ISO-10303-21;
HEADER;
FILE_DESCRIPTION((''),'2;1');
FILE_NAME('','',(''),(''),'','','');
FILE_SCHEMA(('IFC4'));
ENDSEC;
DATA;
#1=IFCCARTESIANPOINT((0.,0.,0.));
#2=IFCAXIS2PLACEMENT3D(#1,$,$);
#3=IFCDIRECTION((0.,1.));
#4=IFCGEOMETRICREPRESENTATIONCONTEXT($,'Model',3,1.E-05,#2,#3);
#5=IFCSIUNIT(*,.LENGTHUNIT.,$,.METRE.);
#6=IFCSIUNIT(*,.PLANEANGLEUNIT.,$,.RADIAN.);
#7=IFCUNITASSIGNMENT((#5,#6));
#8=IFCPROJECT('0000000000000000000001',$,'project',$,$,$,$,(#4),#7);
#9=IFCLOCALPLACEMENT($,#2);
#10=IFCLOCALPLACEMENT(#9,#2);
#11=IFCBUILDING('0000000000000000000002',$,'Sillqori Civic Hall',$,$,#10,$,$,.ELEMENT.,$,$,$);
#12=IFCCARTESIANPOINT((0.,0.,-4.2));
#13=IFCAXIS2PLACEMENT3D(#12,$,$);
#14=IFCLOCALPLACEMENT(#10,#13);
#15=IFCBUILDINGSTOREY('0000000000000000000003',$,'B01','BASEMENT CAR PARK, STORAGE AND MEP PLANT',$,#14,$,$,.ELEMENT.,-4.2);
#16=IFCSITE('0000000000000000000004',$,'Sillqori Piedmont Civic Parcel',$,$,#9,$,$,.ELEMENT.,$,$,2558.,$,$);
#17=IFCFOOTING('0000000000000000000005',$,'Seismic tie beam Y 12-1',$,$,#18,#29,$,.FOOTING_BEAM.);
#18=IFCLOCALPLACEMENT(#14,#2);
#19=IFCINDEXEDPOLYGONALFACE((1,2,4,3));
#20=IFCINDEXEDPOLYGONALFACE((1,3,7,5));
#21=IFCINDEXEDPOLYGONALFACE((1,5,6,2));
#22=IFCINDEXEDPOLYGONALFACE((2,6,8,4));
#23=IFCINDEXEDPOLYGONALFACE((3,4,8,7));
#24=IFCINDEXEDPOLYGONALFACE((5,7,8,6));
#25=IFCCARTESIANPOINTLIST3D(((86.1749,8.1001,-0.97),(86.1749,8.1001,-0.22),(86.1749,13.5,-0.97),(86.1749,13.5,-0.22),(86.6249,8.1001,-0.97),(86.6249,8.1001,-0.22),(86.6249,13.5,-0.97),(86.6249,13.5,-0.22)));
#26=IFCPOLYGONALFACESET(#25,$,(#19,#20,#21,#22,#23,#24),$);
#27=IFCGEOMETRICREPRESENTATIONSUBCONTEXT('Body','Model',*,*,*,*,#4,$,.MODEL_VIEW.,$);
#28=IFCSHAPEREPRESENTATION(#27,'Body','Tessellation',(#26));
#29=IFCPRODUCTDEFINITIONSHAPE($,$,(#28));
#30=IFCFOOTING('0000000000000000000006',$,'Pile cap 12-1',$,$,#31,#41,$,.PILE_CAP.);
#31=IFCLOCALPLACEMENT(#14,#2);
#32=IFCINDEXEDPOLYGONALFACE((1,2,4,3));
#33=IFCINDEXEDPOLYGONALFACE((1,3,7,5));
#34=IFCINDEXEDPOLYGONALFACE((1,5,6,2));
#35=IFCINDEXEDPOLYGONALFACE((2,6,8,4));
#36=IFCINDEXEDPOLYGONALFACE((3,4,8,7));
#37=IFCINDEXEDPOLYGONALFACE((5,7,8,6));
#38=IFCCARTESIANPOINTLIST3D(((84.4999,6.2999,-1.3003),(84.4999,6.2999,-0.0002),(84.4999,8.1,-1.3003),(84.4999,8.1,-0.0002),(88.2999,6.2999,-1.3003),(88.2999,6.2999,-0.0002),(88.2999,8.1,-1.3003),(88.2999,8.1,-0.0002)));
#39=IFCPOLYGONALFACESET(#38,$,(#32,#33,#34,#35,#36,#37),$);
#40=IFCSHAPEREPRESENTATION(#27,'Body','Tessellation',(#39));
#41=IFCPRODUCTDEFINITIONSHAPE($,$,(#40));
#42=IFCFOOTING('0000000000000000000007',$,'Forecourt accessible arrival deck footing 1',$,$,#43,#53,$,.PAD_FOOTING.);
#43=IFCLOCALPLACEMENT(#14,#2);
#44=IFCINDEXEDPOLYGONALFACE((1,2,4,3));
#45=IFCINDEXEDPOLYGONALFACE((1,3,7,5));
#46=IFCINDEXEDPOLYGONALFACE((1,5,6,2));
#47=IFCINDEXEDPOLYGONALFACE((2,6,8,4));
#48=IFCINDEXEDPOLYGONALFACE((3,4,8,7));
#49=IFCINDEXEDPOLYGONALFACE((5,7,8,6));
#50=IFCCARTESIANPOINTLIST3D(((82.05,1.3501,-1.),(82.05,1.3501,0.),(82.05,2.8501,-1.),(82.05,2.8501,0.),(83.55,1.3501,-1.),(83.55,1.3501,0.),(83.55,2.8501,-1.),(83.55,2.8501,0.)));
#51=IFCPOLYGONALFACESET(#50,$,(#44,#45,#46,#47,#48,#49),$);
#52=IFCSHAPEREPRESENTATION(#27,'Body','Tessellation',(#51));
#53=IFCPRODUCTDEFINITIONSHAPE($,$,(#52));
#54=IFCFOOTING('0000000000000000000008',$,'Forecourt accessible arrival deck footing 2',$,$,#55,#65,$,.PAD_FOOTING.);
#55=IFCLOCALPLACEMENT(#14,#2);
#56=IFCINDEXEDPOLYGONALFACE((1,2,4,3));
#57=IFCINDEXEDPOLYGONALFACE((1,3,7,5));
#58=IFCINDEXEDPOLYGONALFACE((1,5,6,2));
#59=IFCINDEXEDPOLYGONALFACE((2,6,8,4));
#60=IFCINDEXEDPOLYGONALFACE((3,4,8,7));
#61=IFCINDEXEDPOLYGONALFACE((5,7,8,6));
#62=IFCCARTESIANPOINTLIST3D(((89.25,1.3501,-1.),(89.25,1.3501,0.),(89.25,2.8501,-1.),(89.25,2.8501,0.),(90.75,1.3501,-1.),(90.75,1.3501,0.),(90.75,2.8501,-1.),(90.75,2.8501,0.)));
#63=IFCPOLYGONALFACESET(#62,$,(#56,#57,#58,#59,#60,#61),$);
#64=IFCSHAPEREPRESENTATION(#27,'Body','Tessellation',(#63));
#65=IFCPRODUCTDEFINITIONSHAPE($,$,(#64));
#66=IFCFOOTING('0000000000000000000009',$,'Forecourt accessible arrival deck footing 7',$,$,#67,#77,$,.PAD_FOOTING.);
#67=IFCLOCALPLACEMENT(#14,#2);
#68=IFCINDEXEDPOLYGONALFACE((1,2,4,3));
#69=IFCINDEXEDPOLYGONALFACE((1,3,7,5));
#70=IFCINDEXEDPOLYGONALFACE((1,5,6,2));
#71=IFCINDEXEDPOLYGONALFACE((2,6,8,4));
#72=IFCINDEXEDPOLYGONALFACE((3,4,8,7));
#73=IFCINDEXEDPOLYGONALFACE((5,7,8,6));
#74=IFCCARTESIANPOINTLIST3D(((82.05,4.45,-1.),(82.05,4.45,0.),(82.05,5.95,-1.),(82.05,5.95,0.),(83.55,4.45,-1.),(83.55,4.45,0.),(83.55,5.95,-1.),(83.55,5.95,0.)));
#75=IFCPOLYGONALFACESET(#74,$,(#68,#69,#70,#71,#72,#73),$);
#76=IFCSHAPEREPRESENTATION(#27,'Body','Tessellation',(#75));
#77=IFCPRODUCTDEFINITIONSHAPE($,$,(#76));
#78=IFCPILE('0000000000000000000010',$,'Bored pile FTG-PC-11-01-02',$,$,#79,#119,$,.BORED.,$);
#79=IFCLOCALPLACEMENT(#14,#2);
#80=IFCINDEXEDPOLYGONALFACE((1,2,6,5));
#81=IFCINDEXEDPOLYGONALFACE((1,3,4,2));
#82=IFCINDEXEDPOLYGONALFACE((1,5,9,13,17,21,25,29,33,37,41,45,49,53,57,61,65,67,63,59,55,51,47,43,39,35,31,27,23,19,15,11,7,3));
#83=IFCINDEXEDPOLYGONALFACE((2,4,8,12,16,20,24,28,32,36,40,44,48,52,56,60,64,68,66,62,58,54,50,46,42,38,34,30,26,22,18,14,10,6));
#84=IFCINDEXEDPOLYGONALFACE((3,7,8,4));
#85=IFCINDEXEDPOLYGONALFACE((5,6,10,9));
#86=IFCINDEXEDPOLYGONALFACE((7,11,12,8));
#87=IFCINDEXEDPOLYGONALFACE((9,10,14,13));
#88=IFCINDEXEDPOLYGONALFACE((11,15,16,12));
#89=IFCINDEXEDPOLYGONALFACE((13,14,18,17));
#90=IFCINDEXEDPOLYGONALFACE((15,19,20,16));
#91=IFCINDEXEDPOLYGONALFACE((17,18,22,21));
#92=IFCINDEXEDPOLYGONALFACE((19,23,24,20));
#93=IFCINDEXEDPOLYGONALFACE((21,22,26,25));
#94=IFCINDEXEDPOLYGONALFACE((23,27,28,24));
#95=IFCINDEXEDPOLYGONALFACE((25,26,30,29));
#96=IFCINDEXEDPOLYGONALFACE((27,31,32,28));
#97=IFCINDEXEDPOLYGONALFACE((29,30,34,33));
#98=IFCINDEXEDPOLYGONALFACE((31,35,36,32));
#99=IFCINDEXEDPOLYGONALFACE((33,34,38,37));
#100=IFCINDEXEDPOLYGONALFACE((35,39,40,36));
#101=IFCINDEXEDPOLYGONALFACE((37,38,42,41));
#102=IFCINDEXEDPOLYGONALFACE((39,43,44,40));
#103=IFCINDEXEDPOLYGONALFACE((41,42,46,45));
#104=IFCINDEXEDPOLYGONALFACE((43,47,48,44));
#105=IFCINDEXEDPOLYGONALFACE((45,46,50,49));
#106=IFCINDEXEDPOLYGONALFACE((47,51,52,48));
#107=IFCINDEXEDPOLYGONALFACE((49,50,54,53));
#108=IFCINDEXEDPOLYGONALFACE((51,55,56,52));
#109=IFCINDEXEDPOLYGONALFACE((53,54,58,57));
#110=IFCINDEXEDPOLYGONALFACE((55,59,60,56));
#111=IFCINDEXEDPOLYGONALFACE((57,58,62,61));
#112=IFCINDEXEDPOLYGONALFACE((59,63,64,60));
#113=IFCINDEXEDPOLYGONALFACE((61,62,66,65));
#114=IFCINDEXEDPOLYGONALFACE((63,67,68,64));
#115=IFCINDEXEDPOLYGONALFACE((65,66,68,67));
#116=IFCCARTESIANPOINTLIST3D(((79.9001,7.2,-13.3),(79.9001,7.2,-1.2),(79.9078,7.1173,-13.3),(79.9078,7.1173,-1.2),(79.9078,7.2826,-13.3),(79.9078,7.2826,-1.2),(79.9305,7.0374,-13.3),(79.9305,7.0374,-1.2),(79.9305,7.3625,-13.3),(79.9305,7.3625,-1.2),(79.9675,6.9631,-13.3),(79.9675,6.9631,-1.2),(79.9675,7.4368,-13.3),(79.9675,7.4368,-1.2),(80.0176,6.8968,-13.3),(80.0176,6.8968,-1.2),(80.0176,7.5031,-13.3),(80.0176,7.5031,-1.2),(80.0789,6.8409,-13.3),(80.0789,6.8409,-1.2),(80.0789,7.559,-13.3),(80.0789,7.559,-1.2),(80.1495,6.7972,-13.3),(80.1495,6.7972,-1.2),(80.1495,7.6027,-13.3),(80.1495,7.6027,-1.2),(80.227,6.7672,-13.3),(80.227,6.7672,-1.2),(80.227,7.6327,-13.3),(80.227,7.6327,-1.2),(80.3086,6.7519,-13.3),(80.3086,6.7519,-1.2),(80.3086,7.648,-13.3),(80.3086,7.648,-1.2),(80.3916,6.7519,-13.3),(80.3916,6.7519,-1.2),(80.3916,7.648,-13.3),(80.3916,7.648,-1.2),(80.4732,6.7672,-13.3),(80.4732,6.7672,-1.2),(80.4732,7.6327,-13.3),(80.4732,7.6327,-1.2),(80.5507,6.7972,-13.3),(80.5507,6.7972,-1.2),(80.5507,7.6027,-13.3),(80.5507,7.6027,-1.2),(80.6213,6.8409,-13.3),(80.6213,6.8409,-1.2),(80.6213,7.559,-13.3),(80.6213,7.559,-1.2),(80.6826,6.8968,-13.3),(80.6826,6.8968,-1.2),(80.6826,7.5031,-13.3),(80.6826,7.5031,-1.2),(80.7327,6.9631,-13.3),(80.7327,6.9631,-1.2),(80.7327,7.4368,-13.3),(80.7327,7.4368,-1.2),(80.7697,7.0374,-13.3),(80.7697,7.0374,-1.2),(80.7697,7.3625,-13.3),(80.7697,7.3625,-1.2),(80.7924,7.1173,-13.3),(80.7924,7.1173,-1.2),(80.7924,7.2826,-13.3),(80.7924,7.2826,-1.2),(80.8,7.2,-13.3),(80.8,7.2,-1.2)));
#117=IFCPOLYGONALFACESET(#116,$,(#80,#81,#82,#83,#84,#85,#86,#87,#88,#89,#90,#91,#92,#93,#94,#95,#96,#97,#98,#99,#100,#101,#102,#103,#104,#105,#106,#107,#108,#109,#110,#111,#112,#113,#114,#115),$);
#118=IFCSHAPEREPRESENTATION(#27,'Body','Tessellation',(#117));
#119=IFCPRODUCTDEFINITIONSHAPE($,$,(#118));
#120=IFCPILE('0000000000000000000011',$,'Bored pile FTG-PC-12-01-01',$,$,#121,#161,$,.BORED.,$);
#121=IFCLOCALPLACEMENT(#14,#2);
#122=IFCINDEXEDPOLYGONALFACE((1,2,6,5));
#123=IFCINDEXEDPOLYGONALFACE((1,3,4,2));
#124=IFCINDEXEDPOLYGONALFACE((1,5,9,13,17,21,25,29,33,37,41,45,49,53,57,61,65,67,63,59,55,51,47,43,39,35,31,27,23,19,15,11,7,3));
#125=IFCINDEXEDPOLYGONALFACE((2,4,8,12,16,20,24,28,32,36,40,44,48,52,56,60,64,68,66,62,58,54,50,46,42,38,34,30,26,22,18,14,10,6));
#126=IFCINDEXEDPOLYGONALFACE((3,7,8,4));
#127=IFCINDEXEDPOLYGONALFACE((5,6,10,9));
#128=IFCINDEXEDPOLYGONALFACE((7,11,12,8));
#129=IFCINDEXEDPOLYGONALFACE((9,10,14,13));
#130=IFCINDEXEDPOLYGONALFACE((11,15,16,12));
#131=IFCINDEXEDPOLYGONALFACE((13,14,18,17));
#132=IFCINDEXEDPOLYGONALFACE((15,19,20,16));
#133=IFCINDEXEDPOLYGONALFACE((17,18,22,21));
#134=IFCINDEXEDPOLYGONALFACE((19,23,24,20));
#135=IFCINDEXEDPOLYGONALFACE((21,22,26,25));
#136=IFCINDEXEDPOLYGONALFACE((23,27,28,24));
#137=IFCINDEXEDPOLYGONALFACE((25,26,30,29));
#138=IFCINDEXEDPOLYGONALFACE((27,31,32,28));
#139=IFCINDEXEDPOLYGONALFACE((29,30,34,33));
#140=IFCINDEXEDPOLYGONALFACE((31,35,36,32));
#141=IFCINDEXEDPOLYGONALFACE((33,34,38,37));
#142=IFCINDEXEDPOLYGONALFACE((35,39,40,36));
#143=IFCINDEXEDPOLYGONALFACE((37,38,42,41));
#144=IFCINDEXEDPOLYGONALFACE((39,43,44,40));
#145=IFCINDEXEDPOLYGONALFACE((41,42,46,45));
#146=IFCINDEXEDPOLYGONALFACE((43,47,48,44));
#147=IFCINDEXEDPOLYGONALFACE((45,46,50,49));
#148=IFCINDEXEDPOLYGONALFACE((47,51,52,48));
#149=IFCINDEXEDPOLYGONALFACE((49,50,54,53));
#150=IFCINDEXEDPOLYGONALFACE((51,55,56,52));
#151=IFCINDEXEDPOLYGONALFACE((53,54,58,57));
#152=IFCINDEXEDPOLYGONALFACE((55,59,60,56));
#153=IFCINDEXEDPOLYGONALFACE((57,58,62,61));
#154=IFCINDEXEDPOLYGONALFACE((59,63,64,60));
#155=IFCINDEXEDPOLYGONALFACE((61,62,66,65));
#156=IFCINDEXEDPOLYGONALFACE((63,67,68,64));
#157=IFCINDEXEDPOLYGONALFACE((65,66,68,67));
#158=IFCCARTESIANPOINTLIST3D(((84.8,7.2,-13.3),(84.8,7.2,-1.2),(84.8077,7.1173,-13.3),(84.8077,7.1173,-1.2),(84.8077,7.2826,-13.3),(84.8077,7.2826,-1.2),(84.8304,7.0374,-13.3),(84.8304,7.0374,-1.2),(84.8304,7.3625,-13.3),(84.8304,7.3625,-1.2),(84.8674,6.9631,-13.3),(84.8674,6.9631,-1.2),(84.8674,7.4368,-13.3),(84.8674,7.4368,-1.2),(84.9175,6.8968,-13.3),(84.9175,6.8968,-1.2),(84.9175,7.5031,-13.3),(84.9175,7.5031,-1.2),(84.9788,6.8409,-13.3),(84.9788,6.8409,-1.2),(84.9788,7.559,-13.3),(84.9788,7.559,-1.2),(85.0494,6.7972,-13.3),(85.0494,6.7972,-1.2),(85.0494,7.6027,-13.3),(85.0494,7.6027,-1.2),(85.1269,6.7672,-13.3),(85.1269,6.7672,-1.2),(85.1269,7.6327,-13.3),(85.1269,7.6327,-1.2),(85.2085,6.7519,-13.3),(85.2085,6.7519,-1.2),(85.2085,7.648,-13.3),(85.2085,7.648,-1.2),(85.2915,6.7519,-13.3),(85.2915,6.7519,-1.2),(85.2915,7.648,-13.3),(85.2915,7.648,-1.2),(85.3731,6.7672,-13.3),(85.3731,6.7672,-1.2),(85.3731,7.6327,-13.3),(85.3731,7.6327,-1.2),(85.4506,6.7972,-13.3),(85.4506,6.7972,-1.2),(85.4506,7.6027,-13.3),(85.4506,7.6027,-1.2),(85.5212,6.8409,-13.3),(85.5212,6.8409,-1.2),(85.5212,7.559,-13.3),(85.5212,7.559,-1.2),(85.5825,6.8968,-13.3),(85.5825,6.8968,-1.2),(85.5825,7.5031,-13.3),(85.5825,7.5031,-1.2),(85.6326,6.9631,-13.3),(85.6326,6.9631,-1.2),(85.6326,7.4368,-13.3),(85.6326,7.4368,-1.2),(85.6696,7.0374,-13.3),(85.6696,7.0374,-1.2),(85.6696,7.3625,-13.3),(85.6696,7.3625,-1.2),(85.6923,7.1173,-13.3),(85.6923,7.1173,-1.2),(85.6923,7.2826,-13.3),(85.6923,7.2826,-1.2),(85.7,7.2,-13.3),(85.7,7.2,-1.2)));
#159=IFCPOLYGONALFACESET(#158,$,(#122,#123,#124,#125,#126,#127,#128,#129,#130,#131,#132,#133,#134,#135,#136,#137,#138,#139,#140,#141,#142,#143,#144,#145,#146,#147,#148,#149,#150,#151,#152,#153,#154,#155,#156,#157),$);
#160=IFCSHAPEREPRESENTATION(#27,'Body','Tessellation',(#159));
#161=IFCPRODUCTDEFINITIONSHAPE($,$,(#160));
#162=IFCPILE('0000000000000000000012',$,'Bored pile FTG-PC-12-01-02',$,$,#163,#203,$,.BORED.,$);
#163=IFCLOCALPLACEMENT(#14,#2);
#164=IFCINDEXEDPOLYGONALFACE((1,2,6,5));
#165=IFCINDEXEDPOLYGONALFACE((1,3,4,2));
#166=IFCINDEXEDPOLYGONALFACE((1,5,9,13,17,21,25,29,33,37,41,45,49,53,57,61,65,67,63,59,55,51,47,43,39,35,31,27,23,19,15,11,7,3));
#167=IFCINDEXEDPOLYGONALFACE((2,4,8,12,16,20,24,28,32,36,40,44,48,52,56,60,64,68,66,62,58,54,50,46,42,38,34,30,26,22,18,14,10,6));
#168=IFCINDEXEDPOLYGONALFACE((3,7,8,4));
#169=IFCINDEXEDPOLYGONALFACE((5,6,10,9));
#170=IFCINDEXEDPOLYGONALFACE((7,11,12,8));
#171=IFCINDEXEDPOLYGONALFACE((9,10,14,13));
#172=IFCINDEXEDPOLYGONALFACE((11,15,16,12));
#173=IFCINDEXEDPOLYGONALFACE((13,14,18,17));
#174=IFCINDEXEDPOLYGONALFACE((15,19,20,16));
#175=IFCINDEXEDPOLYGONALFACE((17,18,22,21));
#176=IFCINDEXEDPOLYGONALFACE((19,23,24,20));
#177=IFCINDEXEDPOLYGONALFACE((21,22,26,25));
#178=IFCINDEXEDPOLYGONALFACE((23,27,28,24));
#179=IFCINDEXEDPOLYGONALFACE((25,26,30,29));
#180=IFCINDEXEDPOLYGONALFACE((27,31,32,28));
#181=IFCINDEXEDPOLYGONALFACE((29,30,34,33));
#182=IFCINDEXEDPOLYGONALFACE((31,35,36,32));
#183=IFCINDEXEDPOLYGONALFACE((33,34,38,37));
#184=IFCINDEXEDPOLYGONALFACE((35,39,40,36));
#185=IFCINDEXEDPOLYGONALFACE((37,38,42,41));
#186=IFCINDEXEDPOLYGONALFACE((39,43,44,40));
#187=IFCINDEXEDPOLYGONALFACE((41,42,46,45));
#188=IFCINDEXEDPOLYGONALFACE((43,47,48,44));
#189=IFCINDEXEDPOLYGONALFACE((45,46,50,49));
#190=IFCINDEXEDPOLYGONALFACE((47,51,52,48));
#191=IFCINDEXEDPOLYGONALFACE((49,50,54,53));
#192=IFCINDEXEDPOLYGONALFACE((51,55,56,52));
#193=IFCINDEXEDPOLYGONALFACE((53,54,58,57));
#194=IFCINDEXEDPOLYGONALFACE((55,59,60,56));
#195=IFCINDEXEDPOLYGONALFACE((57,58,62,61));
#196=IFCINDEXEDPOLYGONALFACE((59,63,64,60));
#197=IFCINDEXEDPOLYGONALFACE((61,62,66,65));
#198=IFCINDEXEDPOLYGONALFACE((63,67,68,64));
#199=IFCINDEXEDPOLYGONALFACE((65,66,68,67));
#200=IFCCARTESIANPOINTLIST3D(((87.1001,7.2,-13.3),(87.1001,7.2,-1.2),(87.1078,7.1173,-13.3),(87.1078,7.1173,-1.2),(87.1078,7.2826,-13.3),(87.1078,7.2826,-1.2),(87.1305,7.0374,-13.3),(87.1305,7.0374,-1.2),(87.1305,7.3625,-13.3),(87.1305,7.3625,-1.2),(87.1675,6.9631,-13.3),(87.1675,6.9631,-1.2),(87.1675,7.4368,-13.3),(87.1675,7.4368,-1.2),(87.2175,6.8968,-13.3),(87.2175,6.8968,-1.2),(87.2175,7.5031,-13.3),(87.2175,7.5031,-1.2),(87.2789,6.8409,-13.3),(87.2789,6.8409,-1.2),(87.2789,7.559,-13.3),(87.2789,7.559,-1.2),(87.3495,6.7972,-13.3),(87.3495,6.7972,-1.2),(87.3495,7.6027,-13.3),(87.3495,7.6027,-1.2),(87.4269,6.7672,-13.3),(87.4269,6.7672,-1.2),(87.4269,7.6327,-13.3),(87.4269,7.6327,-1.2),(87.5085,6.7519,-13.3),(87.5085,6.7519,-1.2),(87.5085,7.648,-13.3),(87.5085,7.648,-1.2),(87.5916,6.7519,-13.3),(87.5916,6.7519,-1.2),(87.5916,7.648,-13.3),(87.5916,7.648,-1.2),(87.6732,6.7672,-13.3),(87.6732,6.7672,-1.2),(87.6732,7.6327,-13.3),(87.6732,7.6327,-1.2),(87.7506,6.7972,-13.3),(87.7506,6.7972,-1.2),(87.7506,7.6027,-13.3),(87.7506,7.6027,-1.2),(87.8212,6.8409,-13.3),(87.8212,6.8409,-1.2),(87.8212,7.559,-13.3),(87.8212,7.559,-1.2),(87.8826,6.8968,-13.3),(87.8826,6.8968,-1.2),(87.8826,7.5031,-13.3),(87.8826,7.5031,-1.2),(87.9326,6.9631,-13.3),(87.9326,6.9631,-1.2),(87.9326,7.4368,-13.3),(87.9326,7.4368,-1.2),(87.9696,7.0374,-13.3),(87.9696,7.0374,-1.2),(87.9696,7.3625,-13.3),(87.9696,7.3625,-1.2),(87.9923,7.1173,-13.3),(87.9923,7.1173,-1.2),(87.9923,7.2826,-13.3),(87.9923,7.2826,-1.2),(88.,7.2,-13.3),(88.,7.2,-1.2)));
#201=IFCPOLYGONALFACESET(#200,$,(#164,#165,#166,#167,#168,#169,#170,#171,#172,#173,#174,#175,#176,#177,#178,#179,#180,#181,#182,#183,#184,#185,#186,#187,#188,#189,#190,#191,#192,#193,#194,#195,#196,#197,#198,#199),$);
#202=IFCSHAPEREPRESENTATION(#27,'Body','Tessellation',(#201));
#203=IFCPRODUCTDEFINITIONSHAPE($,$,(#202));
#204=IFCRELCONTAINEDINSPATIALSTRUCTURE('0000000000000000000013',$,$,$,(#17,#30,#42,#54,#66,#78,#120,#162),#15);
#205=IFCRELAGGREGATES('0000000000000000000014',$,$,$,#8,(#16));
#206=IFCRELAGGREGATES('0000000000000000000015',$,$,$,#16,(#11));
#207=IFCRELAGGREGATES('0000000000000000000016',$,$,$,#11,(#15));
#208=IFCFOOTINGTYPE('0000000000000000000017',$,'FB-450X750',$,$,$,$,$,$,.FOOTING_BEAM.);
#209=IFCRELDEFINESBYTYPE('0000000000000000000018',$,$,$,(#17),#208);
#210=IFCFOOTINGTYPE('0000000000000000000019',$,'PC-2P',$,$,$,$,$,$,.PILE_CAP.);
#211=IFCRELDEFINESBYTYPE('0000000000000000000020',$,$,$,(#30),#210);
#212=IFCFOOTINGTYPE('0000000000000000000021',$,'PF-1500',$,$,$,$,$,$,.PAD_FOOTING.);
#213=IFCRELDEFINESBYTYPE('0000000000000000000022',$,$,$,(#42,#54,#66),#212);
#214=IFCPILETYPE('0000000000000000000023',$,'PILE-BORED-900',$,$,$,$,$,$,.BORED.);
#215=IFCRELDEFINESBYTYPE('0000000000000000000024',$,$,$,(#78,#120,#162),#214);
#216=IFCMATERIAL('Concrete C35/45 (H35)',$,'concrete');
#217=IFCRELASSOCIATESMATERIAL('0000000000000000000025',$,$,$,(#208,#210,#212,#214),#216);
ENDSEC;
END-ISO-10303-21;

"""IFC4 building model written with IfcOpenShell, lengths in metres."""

from ifc_helpers import new_model, si_unit, direction, frame, origin, origin_2d, place, context, subcontext, project, spatial, rectangle, circle, extrude, material, material_profile, profile_set, type_object, element, save


model = new_model("IFC4")

# Units and contexts
model_context = context("Model", 3, precision=1e-05, world=origin(), true_north=direction((0.0, 1.0)))
body_context = subcontext(model_context, "Body", "Model", "MODEL_VIEW")
ifc_project = project(units=[si_unit("LENGTHUNIT", "METRE"), si_unit("PLANEANGLEUNIT", "RADIAN")], contexts=[model_context])

# Site, building, storey
site_placement = place(None, origin())
site = spatial("IfcSite", under=ifc_project, at=site_placement, Name="Sillqori Piedmont Civic Parcel", CompositionType="ELEMENT", RefElevation=2558.0)
building_placement = place(site_placement, origin())
building = spatial("IfcBuilding", under=site, at=building_placement, Name="Sillqori Civic Hall", CompositionType="ELEMENT")
storey_placement = place(building_placement, frame((0.0, 0.0, -4.2)))
storey = spatial("IfcBuildingStorey", under=building, at=storey_placement, Name="B01", Description="BASEMENT CAR PARK, STORAGE AND MEP PLANT", CompositionType="ELEMENT", Elevation=-4.2)

# Footings
ifc_material = material(Name="Concrete C35/45 (H35)", Category="concrete")
footing_type_1 = type_object("IfcFootingType", Name="FB-450X750", PredefinedType="FOOTING_BEAM", material=ifc_material)
footing_1_placement = place(storey_placement, frame((86.3999, 10.8, -0.97), z_axis=(0.0, 0.0, 1.0), x_axis=(1.0, 0.0, 0.0)))
element("IfcFooting", 1, at=footing_1_placement, inside=storey, type_object=footing_type_1, Name="Seismic tie beam Y 12-1", PredefinedType="FOOTING_BEAM", context=body_context, shape_type="SweptSolid", body=[
    extrude(rectangle(XDim=0.45, YDim=5.3999, at=origin_2d()), origin(), (0.0, 0.0, 1.0), 0.75),
])
footing_type_2 = type_object("IfcFootingType", Name="PC-2P", PredefinedType="PILE_CAP", material=ifc_material)
footing_2_placement = place(storey_placement, frame((86.3999, 7.2, -1.3003), z_axis=(0.0, 0.0, 1.0), x_axis=(1.0, 0.0, 0.0)))
element("IfcFooting", 2, at=footing_2_placement, inside=storey, type_object=footing_type_2, Name="Pile cap 12-1", PredefinedType="PILE_CAP", context=body_context, shape_type="SweptSolid", body=[
    extrude(rectangle(XDim=3.8, YDim=1.8, at=origin_2d()), origin(), (0.0, 0.0, 1.0), 1.3),
])
footing_type_3 = type_object("IfcFootingType", Name="PF-1500", PredefinedType="PAD_FOOTING", material=ifc_material)
for number, where, z_axis, x_axis, name in (
    (3, (82.8, 2.1001, -1.0), (0.0, 0.0, 1.0), (1.0, 0.0, 0.0), "Forecourt accessible arrival deck footing 1"),
    (4, (90.0, 2.1001, -1.0), (0.0, 0.0, 1.0), (1.0, 0.0, 0.0), "Forecourt accessible arrival deck footing 2"),
    (5, (82.8, 5.2, -1.0), (0.0, 0.0, 1.0), (1.0, 0.0, 0.0), "Forecourt accessible arrival deck footing 7"),
):
    element("IfcFooting", number, at=place(storey_placement, frame(where, z_axis=z_axis, x_axis=x_axis)), inside=storey, type_object=footing_type_3, Name=name, PredefinedType="PAD_FOOTING", context=body_context, shape_type="SweptSolid", body=[
        extrude(rectangle(XDim=1.5, YDim=1.5, at=origin_2d()), origin(), (0.0, 0.0, 1.0), 1.0),
    ])

# Piles
ifc_material_profile_1 = material_profile(ifc_material, circle(Radius=0.45, at=origin_2d()), Name="BORED PILE 900")
ifc_profile_set_1 = profile_set([ifc_material_profile_1], Name="Concrete C35/45 (H35)")
pile_type = type_object("IfcPileType", Name="PILE-BORED-900", PredefinedType="BORED", material=ifc_profile_set_1)
for number, where, z_axis, x_axis, name in (
    (6, (80.3501, 7.2, -1.2), (0.0, 0.0, -1.0), (1.0, 0.0, 0.0), "Bored pile FTG-PC-11-01-02"),
    (7, (85.25, 7.2, -1.2), (0.0, 0.0, -1.0), (1.0, 0.0, 0.0), "Bored pile FTG-PC-12-01-01"),
    (8, (87.55, 7.2, -1.2), (0.0, 0.0, -1.0), (1.0, 0.0, 0.0), "Bored pile FTG-PC-12-01-02"),
):
    element("IfcPile", number, at=place(storey_placement, frame(where, z_axis=z_axis, x_axis=x_axis)), inside=storey, type_object=pile_type, Name=name, PredefinedType="BORED", context=body_context, shape_type="SweptSolid", body=[
        extrude(circle(Radius=0.45, at=origin_2d()), origin(), (0.0, 0.0, 1.0), 12.1001),
    ])

save(model, "model.ifc")
